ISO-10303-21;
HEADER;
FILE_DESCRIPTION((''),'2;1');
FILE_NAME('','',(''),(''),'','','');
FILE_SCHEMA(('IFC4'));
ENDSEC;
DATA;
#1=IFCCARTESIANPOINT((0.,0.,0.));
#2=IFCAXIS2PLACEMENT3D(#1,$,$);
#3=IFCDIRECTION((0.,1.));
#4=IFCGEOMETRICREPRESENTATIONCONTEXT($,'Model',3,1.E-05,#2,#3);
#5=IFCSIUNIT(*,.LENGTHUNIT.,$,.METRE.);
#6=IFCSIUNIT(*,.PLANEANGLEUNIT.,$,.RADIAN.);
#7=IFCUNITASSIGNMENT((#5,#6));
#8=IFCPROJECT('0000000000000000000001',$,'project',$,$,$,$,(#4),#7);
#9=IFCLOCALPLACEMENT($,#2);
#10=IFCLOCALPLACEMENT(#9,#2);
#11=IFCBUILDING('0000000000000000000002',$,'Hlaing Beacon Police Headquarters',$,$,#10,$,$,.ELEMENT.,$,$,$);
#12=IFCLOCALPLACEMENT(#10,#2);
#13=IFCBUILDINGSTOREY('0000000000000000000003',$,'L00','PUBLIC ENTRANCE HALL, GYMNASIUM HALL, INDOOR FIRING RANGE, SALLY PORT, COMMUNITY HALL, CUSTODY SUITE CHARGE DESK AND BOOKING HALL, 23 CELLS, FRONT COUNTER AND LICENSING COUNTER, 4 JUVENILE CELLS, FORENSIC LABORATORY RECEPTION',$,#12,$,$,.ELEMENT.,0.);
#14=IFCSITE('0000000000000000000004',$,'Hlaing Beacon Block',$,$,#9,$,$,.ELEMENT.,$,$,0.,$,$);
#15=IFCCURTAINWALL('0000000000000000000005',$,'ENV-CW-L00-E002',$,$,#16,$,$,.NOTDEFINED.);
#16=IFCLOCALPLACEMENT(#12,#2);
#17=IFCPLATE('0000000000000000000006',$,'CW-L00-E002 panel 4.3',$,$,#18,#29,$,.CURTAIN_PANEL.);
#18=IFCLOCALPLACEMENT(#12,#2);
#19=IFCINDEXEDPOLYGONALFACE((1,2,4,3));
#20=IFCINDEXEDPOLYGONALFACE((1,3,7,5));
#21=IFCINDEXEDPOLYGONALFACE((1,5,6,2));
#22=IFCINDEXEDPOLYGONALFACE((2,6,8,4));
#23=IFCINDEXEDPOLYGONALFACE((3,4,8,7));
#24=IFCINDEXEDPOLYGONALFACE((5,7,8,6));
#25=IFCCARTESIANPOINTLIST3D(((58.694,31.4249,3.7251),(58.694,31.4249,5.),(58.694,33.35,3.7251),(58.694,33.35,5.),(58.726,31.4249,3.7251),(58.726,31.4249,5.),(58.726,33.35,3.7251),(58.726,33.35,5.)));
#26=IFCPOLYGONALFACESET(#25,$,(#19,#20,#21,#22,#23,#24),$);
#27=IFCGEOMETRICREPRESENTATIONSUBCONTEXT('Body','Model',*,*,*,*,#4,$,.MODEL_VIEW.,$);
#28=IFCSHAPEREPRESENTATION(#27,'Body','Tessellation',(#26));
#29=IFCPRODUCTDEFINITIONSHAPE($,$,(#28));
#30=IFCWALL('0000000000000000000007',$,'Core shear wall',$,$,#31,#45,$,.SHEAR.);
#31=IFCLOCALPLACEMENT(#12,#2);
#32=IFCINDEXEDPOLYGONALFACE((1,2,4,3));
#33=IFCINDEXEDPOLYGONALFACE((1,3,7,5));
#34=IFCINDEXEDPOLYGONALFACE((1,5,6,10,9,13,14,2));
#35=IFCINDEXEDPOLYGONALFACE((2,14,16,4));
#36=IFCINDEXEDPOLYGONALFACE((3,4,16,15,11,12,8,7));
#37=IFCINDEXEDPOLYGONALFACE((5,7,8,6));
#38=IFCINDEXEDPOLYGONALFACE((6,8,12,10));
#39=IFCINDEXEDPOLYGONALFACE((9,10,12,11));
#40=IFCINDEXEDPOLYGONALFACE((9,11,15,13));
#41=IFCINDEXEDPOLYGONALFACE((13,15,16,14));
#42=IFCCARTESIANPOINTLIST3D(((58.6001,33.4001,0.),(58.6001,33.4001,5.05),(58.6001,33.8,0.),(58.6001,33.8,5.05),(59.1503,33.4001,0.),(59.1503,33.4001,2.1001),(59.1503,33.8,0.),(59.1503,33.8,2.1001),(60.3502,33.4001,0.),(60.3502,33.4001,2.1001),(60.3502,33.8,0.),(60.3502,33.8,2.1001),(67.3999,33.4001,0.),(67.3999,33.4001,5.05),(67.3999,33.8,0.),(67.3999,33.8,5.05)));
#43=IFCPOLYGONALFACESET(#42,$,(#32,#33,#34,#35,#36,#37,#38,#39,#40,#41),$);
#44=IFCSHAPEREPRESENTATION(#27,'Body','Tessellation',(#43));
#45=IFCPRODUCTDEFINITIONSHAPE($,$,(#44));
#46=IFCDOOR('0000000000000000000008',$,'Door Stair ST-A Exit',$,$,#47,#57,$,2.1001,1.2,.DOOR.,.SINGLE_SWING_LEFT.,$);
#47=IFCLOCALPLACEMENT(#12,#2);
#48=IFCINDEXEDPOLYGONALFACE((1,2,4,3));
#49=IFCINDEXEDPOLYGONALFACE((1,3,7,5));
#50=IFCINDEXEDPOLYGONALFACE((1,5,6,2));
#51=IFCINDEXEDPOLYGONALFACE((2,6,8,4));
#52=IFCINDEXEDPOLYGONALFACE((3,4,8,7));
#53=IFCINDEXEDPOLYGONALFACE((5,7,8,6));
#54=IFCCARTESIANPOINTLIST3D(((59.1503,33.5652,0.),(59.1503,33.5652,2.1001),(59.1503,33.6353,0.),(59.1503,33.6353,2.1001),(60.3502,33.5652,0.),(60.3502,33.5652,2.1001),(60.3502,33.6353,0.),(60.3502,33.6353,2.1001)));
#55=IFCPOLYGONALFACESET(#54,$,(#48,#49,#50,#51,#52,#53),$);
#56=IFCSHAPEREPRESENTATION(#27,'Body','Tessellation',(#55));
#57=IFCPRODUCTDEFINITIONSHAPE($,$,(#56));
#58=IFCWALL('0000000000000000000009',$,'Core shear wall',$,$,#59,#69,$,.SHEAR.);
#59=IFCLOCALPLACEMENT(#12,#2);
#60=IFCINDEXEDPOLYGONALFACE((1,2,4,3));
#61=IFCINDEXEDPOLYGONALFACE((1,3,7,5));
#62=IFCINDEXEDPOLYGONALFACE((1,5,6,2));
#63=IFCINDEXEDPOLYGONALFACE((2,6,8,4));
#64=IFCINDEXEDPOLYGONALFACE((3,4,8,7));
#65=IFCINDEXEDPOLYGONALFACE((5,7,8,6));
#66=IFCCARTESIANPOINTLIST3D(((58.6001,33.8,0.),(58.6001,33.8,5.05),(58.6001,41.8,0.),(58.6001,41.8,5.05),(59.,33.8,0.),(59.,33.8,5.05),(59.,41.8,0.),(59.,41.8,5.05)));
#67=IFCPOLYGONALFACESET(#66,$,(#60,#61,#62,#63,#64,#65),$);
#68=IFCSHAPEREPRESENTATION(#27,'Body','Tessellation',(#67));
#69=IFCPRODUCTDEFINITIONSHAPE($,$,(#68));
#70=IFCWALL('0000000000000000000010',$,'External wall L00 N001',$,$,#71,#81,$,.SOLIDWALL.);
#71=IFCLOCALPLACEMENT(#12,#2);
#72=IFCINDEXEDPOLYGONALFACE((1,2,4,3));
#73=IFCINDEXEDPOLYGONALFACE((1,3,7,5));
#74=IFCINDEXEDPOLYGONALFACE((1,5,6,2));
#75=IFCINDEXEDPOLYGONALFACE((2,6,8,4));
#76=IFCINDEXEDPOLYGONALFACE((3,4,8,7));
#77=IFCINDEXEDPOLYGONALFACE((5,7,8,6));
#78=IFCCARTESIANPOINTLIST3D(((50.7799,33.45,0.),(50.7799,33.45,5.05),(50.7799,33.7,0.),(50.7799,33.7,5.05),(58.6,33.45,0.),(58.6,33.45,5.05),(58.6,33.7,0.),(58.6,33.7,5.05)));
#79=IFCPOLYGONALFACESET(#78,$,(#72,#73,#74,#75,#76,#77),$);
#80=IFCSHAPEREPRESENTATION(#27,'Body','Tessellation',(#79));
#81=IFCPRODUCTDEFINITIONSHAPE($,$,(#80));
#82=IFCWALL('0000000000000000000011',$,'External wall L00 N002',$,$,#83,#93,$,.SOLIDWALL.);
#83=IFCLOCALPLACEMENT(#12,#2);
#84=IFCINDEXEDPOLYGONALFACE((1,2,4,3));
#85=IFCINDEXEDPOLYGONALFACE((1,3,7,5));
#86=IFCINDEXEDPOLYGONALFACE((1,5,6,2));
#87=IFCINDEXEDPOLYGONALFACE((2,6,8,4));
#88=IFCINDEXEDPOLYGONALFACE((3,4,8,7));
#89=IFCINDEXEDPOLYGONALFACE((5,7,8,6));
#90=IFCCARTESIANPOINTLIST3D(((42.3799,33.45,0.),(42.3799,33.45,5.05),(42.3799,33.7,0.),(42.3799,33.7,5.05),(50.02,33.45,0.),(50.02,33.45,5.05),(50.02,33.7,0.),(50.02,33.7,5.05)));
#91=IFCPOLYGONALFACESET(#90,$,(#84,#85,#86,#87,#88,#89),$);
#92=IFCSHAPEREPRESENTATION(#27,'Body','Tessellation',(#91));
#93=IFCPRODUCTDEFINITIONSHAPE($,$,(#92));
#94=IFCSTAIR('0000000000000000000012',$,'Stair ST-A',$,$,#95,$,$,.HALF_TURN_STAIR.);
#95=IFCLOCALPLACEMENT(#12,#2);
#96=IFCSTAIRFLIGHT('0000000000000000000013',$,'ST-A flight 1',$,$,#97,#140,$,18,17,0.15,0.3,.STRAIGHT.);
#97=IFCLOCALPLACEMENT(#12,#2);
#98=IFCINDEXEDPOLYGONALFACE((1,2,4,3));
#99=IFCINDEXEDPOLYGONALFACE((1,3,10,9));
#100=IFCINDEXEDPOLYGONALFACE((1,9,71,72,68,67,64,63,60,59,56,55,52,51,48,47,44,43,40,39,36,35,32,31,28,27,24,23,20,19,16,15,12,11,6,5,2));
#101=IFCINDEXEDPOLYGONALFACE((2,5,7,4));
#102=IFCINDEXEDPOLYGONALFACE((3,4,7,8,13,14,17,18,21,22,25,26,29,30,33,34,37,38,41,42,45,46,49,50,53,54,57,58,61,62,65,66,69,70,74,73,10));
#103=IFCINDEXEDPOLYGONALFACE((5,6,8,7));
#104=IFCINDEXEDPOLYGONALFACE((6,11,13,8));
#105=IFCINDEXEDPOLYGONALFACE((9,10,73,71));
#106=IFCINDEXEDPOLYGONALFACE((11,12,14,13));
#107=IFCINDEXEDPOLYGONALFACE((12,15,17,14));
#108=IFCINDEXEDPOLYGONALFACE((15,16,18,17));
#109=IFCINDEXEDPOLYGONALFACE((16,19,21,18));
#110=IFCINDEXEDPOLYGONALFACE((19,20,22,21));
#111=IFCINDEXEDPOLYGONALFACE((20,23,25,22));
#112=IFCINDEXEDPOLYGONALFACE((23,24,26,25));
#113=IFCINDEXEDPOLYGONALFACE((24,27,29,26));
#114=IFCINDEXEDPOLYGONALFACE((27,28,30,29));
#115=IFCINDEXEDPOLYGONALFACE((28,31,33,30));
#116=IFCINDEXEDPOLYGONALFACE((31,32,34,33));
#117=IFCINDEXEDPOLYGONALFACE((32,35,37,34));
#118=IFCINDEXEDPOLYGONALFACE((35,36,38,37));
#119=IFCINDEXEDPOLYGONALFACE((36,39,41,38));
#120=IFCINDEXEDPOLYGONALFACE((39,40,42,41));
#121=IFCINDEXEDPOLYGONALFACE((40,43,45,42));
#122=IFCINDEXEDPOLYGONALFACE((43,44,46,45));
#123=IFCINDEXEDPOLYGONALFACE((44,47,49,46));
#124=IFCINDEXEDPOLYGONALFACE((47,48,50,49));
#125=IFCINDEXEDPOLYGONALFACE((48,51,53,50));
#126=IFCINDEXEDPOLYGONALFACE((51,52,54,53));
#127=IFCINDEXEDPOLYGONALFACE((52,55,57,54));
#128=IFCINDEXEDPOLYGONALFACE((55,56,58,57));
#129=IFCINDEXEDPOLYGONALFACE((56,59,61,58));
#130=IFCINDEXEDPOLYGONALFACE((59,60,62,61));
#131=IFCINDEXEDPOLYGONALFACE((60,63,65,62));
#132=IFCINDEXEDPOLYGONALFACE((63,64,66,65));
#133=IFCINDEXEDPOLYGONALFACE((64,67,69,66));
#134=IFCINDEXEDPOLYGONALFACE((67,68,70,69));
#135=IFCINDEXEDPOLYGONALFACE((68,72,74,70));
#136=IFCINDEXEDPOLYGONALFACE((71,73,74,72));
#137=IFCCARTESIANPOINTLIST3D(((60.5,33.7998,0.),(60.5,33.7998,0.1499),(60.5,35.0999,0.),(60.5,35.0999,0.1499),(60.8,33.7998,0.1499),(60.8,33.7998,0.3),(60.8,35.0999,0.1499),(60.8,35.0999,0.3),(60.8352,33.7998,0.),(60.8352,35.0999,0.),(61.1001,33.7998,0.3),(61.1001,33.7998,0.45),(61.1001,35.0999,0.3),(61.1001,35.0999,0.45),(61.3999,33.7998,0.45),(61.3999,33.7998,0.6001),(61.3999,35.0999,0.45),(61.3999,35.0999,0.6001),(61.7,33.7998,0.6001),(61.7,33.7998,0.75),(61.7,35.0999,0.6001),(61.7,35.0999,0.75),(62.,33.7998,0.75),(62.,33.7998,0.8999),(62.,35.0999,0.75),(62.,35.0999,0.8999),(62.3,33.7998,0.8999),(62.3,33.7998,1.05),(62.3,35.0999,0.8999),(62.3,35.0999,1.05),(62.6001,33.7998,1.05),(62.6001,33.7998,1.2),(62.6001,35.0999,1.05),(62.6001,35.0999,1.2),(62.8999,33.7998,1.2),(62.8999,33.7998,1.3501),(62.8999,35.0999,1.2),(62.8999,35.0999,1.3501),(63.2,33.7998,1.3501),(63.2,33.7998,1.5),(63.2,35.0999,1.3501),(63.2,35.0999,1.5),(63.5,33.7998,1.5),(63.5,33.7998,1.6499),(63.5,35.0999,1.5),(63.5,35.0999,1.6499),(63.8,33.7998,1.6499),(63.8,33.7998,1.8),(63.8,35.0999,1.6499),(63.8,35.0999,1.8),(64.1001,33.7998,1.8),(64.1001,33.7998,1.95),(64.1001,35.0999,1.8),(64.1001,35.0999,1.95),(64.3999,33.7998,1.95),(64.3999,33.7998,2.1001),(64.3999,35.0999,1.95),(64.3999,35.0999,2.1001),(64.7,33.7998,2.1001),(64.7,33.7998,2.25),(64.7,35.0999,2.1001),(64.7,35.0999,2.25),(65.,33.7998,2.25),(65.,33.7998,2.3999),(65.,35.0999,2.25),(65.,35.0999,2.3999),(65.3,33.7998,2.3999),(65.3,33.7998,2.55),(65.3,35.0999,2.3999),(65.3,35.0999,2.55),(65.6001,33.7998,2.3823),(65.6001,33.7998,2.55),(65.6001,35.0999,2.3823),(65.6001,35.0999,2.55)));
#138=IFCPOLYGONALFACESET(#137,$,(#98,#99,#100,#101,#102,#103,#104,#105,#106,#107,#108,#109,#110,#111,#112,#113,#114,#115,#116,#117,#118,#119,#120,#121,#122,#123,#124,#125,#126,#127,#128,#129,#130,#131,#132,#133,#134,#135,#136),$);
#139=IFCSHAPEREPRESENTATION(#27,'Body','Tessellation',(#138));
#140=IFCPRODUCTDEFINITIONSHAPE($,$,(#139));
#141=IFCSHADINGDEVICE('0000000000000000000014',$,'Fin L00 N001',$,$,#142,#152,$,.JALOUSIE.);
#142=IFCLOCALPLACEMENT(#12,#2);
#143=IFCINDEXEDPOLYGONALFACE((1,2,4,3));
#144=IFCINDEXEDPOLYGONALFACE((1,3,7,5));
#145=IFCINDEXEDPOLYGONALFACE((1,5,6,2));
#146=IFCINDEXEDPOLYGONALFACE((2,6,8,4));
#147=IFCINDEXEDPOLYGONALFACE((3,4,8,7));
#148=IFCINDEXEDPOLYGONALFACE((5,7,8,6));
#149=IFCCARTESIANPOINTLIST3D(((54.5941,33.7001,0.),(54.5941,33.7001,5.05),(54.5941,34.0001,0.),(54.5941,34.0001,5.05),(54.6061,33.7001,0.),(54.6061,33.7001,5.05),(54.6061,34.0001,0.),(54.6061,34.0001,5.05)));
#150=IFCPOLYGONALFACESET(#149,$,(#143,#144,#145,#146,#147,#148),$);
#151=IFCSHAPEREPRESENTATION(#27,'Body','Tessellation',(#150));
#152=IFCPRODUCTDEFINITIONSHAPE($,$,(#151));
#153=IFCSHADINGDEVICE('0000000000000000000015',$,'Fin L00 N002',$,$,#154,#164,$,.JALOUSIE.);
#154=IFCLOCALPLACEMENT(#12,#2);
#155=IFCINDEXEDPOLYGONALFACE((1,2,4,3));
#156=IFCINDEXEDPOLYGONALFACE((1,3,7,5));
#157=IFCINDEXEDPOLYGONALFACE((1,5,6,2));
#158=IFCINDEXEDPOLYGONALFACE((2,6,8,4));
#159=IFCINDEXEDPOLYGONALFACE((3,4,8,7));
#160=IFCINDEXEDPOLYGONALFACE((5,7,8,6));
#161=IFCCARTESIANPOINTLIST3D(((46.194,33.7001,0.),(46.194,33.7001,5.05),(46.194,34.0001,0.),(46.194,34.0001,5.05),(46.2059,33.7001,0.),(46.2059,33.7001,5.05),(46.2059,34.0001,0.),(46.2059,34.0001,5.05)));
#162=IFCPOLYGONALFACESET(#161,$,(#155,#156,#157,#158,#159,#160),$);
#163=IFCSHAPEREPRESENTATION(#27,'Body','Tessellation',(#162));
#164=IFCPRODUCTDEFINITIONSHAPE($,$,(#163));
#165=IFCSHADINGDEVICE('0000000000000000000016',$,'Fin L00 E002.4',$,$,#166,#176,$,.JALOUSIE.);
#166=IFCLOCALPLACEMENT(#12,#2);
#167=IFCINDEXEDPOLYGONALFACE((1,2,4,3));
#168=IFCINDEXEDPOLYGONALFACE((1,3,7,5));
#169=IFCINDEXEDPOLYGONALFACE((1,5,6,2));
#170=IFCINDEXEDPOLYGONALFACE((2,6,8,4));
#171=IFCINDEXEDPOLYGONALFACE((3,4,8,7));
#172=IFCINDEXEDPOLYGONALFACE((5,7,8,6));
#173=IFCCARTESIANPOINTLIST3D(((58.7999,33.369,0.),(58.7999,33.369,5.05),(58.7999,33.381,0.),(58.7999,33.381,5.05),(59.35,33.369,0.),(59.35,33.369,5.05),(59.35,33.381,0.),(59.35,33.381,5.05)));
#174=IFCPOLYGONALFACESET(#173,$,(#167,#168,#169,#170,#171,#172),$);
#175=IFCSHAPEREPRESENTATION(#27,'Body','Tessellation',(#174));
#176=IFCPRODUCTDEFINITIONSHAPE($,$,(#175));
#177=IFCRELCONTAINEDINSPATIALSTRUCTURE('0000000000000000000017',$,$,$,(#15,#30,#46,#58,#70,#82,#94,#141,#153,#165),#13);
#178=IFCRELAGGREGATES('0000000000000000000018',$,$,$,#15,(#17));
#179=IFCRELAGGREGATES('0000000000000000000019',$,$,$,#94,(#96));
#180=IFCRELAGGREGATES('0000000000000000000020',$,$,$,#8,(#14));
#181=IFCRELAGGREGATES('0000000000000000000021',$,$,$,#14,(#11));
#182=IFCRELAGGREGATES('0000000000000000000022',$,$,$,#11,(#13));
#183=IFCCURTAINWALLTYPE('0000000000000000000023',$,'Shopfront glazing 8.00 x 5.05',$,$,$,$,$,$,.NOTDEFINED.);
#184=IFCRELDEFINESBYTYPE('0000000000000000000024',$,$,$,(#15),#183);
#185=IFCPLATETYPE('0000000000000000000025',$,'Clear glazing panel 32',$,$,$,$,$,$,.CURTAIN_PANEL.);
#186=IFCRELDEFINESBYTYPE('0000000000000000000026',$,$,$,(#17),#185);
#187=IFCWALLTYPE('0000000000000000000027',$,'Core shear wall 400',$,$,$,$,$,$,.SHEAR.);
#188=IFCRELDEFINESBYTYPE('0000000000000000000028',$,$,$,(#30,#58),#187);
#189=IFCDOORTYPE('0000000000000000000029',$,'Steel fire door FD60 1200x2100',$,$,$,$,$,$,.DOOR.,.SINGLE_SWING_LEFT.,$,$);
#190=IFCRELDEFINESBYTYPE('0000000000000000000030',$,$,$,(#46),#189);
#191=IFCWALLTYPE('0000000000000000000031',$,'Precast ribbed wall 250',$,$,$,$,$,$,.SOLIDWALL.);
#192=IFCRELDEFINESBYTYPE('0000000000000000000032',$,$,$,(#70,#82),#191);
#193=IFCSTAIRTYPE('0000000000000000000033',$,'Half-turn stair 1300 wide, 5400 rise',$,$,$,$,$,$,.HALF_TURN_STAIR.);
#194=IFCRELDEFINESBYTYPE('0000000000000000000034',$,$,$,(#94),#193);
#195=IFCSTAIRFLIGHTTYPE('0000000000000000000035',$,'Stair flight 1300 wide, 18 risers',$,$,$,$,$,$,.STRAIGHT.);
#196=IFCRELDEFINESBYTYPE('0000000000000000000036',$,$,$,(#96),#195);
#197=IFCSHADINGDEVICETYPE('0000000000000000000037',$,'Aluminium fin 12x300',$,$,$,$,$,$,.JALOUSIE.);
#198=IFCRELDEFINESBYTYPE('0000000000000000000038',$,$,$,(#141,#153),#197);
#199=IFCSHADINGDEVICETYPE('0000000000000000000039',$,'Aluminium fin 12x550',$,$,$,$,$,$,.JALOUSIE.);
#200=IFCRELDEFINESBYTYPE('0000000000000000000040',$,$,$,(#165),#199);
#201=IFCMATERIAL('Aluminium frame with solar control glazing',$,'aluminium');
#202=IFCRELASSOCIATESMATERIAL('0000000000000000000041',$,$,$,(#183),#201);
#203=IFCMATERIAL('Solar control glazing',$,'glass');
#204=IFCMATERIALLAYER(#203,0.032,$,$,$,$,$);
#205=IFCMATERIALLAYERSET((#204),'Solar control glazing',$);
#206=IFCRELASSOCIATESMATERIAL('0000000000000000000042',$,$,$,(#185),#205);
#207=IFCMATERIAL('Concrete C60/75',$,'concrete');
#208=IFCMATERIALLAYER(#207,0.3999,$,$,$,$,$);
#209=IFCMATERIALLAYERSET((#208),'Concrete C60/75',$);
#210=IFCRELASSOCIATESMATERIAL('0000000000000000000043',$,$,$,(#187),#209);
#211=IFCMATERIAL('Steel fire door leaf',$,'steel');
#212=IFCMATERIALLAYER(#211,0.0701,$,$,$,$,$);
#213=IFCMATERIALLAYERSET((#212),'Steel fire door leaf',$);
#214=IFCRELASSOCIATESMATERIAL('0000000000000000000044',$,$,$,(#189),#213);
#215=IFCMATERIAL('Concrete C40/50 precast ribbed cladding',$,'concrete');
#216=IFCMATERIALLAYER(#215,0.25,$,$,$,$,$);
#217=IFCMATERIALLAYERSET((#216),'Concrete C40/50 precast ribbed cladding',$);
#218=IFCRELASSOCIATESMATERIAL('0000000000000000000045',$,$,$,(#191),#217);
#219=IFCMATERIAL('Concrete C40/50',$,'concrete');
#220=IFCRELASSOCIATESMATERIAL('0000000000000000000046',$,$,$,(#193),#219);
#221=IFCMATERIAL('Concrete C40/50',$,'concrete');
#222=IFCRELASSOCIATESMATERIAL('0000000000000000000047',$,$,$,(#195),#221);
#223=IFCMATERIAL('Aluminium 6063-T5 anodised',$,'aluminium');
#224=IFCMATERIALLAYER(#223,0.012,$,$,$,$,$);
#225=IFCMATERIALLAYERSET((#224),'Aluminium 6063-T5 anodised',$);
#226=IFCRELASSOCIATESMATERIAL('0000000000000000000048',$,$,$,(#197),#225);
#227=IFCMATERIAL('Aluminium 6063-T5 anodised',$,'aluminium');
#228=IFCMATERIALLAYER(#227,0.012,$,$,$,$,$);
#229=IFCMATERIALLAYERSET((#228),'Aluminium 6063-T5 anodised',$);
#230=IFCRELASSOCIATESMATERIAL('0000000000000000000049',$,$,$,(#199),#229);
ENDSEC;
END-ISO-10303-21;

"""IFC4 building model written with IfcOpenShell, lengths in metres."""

from ifc_helpers import new_model, si_unit, direction, frame, frame_2d, origin, origin_2d, place, context, subcontext, project, spatial, polyline, rectangle, outline, extrude, material, layer, layer_set, type_object, element, fill, aggregate, save


model = new_model("IFC4")

# Units and contexts
model_context = context("Model", 3, precision=1e-05, world=origin(), true_north=direction((0.0, 1.0)))
body_context = subcontext(model_context, "Body", "Model", "MODEL_VIEW")
ifc_project = project(units=[si_unit("LENGTHUNIT", "METRE"), si_unit("PLANEANGLEUNIT", "RADIAN")], contexts=[model_context])

# Site, building, storey
site_placement = place(None, origin())
site = spatial("IfcSite", under=ifc_project, at=site_placement, Name="Hlaing Beacon Block", CompositionType="ELEMENT", RefElevation=0.0)
building_placement = place(site_placement, origin())
building = spatial("IfcBuilding", under=site, at=building_placement, Name="Hlaing Beacon Police Headquarters", CompositionType="ELEMENT")
storey_placement = place(building_placement, origin())
storey = spatial("IfcBuildingStorey", under=building, at=storey_placement, Name="L00", Description="PUBLIC ENTRANCE HALL, GYMNASIUM HALL, INDOOR FIRING RANGE, SALLY PORT, COMMUNITY HALL, CUSTODY SUITE CHARGE DESK AND BOOKING HALL, 23 CELLS, FRONT COUNTER AND LICENSING COUNTER, 4 JUVENILE CELLS, FORENSIC LABORATORY RECEPTION", CompositionType="ELEMENT", Elevation=0.0)

# Curtain wall, plate
ifc_material_1 = material(Name="Aluminium frame with solar control glazing", Category="aluminium")
curtain_wall_type = type_object("IfcCurtainWallType", Name="Shopfront glazing 8.00 x 5.05", PredefinedType="NOTDEFINED", material=ifc_material_1)
curtain_wall_placement = place(storey_placement, origin())
curtain_wall = element("IfcCurtainWall", 1, at=curtain_wall_placement, inside=storey, type_object=curtain_wall_type, Name="ENV-CW-L00-E002", PredefinedType="NOTDEFINED")
ifc_material_2 = material(Name="Solar control glazing", Category="glass")
ifc_layer_1 = layer(ifc_material_2, 0.032)
ifc_layer_set_1 = layer_set([ifc_layer_1], Name="Solar control glazing")
plate_type_1 = type_object("IfcPlateType", Name="Clear glazing panel 32", PredefinedType="CURTAIN_PANEL", material=ifc_layer_set_1)
plate_1_placement = place(storey_placement, frame((58.71, 32.3875, 3.7251), z_axis=(0.0, 0.0, 1.0), x_axis=(0.0, 1.0, 0.0)))
plate_1 = element("IfcPlate", 2, at=plate_1_placement, type_object=plate_type_1, Name="CW-L00-E002 panel 4.3", PredefinedType="CURTAIN_PANEL", context=body_context, shape_type="SweptSolid", body=[
    extrude(rectangle(XDim=1.925, YDim=0.032, at=origin_2d()), origin(), (0.0, 0.0, 1.0), 1.2749),
])
aggregate(curtain_wall, [plate_1])

# Wall, opening, door
ifc_material_3 = material(Name="Concrete C60/75", Category="concrete")
ifc_layer_2 = layer(ifc_material_3, 0.3999)
ifc_layer_set_2 = layer_set([ifc_layer_2], Name="Concrete C60/75")
wall_type_1 = type_object("IfcWallType", Name="Core shear wall 400", PredefinedType="SHEAR", material=ifc_layer_set_2)
wall_1_placement = place(storey_placement, frame((58.6001, 33.6001, 0.0), z_axis=(0.0, 0.0, 1.0), x_axis=(1.0, 0.0, 0.0)))
wall_1 = element("IfcWall", 3, at=wall_1_placement, inside=storey, type_object=wall_type_1, Name="Core shear wall", PredefinedType="SHEAR", context=body_context, shape_type="SweptSolid", body=[
    extrude(rectangle(XDim=8.7998, YDim=0.3999, at=frame_2d((4.3999, 0.0))), origin(), (0.0, 0.0, 1.0), 5.05),
])
opening_placement = place(wall_1_placement, frame((0.55, 0.0, 0.0)))
opening = element("IfcOpeningElement", 4, at=opening_placement, cuts=wall_1, PredefinedType="OPENING", context=body_context, shape_type="SweptSolid", body=[
    extrude(rectangle(XDim=1.2, YDim=2.1001, at=frame_2d((0.6001, 1.05))), frame((0.0, 0.21, 0.0), z_axis=(0.0, -1.0, 0.0), x_axis=(1.0, 0.0, 0.0)), (0.0, 0.0, 1.0), 0.4199),
])
ifc_material_4 = material(Name="Steel fire door leaf", Category="steel")
ifc_layer_3 = layer(ifc_material_4, 0.0701)
ifc_layer_set_3 = layer_set([ifc_layer_3], Name="Steel fire door leaf")
door_type = type_object("IfcDoorType", Name="Steel fire door FD60 1200x2100", OperationType="SINGLE_SWING_LEFT", PredefinedType="DOOR", material=ifc_layer_set_3)
door_placement = place(opening_placement, frame((1.2, 0.0, 0.0), z_axis=(0.0, 0.0, 1.0), x_axis=(-1.0, 0.0, 0.0)))
door = element("IfcDoor", 5, at=door_placement, inside=storey, type_object=door_type, Name="Door Stair ST-A Exit", OperationType="SINGLE_SWING_LEFT", OverallHeight=2.1001, OverallWidth=1.2, PredefinedType="DOOR", context=body_context, shape_type="SweptSolid", body=[
    extrude(rectangle(XDim=1.2, YDim=2.1001, at=frame_2d((0.5999, 1.05))), frame((0.0, 0.0349, 0.0), z_axis=(0.0, -1.0, 0.0), x_axis=(1.0, 0.0, 0.0)), (0.0, 0.0, 1.0), 0.0701),
])
fill(opening, door)

# Walls
wall_2_placement = place(storey_placement, frame((58.8, 33.8, 0.0), z_axis=(0.0, 0.0, 1.0), x_axis=(0.0, 1.0, 0.0)))
element("IfcWall", 6, at=wall_2_placement, inside=storey, type_object=wall_type_1, Name="Core shear wall", PredefinedType="SHEAR", context=body_context, shape_type="SweptSolid", body=[
    extrude(rectangle(XDim=8.0, YDim=0.3999, at=frame_2d((4.0, 0.0))), origin(), (0.0, 0.0, 1.0), 5.05),
])
ifc_material_5 = material(Name="Concrete C40/50 precast ribbed cladding", Category="concrete")
ifc_layer_4 = layer(ifc_material_5, 0.25)
ifc_layer_set_4 = layer_set([ifc_layer_4], Name="Concrete C40/50 precast ribbed cladding")
wall_type_2 = type_object("IfcWallType", Name="Precast ribbed wall 250", PredefinedType="SOLIDWALL", material=ifc_layer_set_4)
wall_3_placement = place(storey_placement, frame((58.6001, 33.575, 0.0), z_axis=(0.0, 0.0, 1.0), x_axis=(-1.0, 0.0, 0.0)))
element("IfcWall", 7, at=wall_3_placement, inside=storey, type_object=wall_type_2, Name="External wall L00 N001", PredefinedType="SOLIDWALL", context=body_context, shape_type="SweptSolid", body=[
    extrude(rectangle(XDim=7.8201, YDim=0.25, at=frame_2d((3.9102, 0.0))), origin(), (0.0, 0.0, 1.0), 5.05),
])
wall_4_placement = place(storey_placement, frame((50.02, 33.575, 0.0), z_axis=(0.0, 0.0, 1.0), x_axis=(-1.0, 0.0, 0.0)))
element("IfcWall", 8, at=wall_4_placement, inside=storey, type_object=wall_type_2, Name="External wall L00 N002", PredefinedType="SOLIDWALL", context=body_context, shape_type="SweptSolid", body=[
    extrude(rectangle(XDim=7.6401, YDim=0.25, at=frame_2d((3.8201, 0.0))), origin(), (0.0, 0.0, 1.0), 5.05),
])

# Stair, stair flight
ifc_material_6 = material(Name="Concrete C40/50", Category="concrete")
stair_type = type_object("IfcStairType", Name="Half-turn stair 1300 wide, 5400 rise", PredefinedType="HALF_TURN_STAIR", material=ifc_material_6)
stair_placement = place(storey_placement, origin())
stair = element("IfcStair", 9, at=stair_placement, inside=storey, type_object=stair_type, Name="Stair ST-A", PredefinedType="HALF_TURN_STAIR")
ifc_material_7 = material(Name="Concrete C40/50", Category="concrete")
stair_flight_type = type_object("IfcStairFlightType", Name="Stair flight 1300 wide, 18 risers", PredefinedType="STRAIGHT", material=ifc_material_7)
stair_flight_placement = place(storey_placement, frame((60.5, 34.45, 0.0), z_axis=(0.0, 0.0, 1.0), x_axis=(1.0, 0.0, 0.0)))
stair_flight = element("IfcStairFlight", 10, at=stair_flight_placement, type_object=stair_flight_type, Name="ST-A flight 1", NumberOfRisers=18, NumberOfTreads=17, PredefinedType="STRAIGHT", RiserHeight=0.15, TreadLength=0.3, context=body_context, shape_type="SweptSolid", body=[
    extrude(outline(polyline([(0.0, 0.0), (0.0, 0.1499), (0.3, 0.1499), (0.3, 0.3), (0.6001, 0.3), (0.6001, 0.45), (0.8999, 0.45), (0.8999, 0.6001), (1.2, 0.6001), (1.2, 0.75), (1.5, 0.75), (1.5, 0.8999), (1.8, 0.8999), (1.8, 1.05), (2.1001, 1.05), (2.1001, 1.2), (2.3999, 1.2), (2.3999, 1.3501), (2.7, 1.3501), (2.7, 1.5), (3.0, 1.5), (3.0, 1.6499), (3.3, 1.6499), (3.3, 1.8), (3.6001, 1.8), (3.6001, 1.95), (3.8999, 1.95), (3.8999, 2.1001), (4.2, 2.1001), (4.2, 2.25), (4.5, 2.25), (4.5, 2.3999), (4.8, 2.3999), (4.8, 2.55), (5.1001, 2.55), (5.1001, 2.7), (5.1001, 2.3823), (0.3352, 0.0), (0.0, 0.0)])), frame((0.0, 0.6499, 0.0), z_axis=(0.0, -1.0, 0.0), x_axis=(1.0, 0.0, 0.0)), (0.0, 0.0, 1.0), 1.3),
])
aggregate(stair, [stair_flight])

# Shading devices
ifc_material_8 = material(Name="Aluminium 6063-T5 anodised", Category="aluminium")
ifc_layer_5 = layer(ifc_material_8, 0.012)
ifc_layer_set_5 = layer_set([ifc_layer_5], Name="Aluminium 6063-T5 anodised")
shading_device_type_1 = type_object("IfcShadingDeviceType", Name="Aluminium fin 12x300", PredefinedType="JALOUSIE", material=ifc_layer_set_5)
for number, where, z_axis, x_axis, name in (
    (11, (54.6001, 33.8501, 0.0), (0.0, 0.0, 1.0), (-1.0, 0.0, 0.0), "Fin L00 N001"),
    (12, (46.2, 33.8501, 0.0), (0.0, 0.0, 1.0), (-1.0, 0.0, 0.0), "Fin L00 N002"),
):
    element("IfcShadingDevice", number, at=place(storey_placement, frame(where, z_axis=z_axis, x_axis=x_axis)), inside=storey, type_object=shading_device_type_1, Name=name, PredefinedType="JALOUSIE", context=body_context, shape_type="SweptSolid", body=[
        extrude(rectangle(XDim=0.012, YDim=0.3, at=origin_2d()), origin(), (0.0, 0.0, 1.0), 5.05),
    ])
ifc_material_9 = material(Name="Aluminium 6063-T5 anodised", Category="aluminium")
ifc_layer_6 = layer(ifc_material_9, 0.012)
ifc_layer_set_6 = layer_set([ifc_layer_6], Name="Aluminium 6063-T5 anodised")
shading_device_type_2 = type_object("IfcShadingDeviceType", Name="Aluminium fin 12x550", PredefinedType="JALOUSIE", material=ifc_layer_set_6)
shading_device_placement = place(storey_placement, frame((59.075, 33.375, 0.0), z_axis=(0.0, 0.0, 1.0), x_axis=(0.0, 1.0, 0.0)))
element("IfcShadingDevice", 13, at=shading_device_placement, inside=storey, type_object=shading_device_type_2, Name="Fin L00 E002.4", PredefinedType="JALOUSIE", context=body_context, shape_type="SweptSolid", body=[
    extrude(rectangle(XDim=0.012, YDim=0.55, at=origin_2d()), origin(), (0.0, 0.0, 1.0), 5.05),
])

save(model, "model.ifc")
